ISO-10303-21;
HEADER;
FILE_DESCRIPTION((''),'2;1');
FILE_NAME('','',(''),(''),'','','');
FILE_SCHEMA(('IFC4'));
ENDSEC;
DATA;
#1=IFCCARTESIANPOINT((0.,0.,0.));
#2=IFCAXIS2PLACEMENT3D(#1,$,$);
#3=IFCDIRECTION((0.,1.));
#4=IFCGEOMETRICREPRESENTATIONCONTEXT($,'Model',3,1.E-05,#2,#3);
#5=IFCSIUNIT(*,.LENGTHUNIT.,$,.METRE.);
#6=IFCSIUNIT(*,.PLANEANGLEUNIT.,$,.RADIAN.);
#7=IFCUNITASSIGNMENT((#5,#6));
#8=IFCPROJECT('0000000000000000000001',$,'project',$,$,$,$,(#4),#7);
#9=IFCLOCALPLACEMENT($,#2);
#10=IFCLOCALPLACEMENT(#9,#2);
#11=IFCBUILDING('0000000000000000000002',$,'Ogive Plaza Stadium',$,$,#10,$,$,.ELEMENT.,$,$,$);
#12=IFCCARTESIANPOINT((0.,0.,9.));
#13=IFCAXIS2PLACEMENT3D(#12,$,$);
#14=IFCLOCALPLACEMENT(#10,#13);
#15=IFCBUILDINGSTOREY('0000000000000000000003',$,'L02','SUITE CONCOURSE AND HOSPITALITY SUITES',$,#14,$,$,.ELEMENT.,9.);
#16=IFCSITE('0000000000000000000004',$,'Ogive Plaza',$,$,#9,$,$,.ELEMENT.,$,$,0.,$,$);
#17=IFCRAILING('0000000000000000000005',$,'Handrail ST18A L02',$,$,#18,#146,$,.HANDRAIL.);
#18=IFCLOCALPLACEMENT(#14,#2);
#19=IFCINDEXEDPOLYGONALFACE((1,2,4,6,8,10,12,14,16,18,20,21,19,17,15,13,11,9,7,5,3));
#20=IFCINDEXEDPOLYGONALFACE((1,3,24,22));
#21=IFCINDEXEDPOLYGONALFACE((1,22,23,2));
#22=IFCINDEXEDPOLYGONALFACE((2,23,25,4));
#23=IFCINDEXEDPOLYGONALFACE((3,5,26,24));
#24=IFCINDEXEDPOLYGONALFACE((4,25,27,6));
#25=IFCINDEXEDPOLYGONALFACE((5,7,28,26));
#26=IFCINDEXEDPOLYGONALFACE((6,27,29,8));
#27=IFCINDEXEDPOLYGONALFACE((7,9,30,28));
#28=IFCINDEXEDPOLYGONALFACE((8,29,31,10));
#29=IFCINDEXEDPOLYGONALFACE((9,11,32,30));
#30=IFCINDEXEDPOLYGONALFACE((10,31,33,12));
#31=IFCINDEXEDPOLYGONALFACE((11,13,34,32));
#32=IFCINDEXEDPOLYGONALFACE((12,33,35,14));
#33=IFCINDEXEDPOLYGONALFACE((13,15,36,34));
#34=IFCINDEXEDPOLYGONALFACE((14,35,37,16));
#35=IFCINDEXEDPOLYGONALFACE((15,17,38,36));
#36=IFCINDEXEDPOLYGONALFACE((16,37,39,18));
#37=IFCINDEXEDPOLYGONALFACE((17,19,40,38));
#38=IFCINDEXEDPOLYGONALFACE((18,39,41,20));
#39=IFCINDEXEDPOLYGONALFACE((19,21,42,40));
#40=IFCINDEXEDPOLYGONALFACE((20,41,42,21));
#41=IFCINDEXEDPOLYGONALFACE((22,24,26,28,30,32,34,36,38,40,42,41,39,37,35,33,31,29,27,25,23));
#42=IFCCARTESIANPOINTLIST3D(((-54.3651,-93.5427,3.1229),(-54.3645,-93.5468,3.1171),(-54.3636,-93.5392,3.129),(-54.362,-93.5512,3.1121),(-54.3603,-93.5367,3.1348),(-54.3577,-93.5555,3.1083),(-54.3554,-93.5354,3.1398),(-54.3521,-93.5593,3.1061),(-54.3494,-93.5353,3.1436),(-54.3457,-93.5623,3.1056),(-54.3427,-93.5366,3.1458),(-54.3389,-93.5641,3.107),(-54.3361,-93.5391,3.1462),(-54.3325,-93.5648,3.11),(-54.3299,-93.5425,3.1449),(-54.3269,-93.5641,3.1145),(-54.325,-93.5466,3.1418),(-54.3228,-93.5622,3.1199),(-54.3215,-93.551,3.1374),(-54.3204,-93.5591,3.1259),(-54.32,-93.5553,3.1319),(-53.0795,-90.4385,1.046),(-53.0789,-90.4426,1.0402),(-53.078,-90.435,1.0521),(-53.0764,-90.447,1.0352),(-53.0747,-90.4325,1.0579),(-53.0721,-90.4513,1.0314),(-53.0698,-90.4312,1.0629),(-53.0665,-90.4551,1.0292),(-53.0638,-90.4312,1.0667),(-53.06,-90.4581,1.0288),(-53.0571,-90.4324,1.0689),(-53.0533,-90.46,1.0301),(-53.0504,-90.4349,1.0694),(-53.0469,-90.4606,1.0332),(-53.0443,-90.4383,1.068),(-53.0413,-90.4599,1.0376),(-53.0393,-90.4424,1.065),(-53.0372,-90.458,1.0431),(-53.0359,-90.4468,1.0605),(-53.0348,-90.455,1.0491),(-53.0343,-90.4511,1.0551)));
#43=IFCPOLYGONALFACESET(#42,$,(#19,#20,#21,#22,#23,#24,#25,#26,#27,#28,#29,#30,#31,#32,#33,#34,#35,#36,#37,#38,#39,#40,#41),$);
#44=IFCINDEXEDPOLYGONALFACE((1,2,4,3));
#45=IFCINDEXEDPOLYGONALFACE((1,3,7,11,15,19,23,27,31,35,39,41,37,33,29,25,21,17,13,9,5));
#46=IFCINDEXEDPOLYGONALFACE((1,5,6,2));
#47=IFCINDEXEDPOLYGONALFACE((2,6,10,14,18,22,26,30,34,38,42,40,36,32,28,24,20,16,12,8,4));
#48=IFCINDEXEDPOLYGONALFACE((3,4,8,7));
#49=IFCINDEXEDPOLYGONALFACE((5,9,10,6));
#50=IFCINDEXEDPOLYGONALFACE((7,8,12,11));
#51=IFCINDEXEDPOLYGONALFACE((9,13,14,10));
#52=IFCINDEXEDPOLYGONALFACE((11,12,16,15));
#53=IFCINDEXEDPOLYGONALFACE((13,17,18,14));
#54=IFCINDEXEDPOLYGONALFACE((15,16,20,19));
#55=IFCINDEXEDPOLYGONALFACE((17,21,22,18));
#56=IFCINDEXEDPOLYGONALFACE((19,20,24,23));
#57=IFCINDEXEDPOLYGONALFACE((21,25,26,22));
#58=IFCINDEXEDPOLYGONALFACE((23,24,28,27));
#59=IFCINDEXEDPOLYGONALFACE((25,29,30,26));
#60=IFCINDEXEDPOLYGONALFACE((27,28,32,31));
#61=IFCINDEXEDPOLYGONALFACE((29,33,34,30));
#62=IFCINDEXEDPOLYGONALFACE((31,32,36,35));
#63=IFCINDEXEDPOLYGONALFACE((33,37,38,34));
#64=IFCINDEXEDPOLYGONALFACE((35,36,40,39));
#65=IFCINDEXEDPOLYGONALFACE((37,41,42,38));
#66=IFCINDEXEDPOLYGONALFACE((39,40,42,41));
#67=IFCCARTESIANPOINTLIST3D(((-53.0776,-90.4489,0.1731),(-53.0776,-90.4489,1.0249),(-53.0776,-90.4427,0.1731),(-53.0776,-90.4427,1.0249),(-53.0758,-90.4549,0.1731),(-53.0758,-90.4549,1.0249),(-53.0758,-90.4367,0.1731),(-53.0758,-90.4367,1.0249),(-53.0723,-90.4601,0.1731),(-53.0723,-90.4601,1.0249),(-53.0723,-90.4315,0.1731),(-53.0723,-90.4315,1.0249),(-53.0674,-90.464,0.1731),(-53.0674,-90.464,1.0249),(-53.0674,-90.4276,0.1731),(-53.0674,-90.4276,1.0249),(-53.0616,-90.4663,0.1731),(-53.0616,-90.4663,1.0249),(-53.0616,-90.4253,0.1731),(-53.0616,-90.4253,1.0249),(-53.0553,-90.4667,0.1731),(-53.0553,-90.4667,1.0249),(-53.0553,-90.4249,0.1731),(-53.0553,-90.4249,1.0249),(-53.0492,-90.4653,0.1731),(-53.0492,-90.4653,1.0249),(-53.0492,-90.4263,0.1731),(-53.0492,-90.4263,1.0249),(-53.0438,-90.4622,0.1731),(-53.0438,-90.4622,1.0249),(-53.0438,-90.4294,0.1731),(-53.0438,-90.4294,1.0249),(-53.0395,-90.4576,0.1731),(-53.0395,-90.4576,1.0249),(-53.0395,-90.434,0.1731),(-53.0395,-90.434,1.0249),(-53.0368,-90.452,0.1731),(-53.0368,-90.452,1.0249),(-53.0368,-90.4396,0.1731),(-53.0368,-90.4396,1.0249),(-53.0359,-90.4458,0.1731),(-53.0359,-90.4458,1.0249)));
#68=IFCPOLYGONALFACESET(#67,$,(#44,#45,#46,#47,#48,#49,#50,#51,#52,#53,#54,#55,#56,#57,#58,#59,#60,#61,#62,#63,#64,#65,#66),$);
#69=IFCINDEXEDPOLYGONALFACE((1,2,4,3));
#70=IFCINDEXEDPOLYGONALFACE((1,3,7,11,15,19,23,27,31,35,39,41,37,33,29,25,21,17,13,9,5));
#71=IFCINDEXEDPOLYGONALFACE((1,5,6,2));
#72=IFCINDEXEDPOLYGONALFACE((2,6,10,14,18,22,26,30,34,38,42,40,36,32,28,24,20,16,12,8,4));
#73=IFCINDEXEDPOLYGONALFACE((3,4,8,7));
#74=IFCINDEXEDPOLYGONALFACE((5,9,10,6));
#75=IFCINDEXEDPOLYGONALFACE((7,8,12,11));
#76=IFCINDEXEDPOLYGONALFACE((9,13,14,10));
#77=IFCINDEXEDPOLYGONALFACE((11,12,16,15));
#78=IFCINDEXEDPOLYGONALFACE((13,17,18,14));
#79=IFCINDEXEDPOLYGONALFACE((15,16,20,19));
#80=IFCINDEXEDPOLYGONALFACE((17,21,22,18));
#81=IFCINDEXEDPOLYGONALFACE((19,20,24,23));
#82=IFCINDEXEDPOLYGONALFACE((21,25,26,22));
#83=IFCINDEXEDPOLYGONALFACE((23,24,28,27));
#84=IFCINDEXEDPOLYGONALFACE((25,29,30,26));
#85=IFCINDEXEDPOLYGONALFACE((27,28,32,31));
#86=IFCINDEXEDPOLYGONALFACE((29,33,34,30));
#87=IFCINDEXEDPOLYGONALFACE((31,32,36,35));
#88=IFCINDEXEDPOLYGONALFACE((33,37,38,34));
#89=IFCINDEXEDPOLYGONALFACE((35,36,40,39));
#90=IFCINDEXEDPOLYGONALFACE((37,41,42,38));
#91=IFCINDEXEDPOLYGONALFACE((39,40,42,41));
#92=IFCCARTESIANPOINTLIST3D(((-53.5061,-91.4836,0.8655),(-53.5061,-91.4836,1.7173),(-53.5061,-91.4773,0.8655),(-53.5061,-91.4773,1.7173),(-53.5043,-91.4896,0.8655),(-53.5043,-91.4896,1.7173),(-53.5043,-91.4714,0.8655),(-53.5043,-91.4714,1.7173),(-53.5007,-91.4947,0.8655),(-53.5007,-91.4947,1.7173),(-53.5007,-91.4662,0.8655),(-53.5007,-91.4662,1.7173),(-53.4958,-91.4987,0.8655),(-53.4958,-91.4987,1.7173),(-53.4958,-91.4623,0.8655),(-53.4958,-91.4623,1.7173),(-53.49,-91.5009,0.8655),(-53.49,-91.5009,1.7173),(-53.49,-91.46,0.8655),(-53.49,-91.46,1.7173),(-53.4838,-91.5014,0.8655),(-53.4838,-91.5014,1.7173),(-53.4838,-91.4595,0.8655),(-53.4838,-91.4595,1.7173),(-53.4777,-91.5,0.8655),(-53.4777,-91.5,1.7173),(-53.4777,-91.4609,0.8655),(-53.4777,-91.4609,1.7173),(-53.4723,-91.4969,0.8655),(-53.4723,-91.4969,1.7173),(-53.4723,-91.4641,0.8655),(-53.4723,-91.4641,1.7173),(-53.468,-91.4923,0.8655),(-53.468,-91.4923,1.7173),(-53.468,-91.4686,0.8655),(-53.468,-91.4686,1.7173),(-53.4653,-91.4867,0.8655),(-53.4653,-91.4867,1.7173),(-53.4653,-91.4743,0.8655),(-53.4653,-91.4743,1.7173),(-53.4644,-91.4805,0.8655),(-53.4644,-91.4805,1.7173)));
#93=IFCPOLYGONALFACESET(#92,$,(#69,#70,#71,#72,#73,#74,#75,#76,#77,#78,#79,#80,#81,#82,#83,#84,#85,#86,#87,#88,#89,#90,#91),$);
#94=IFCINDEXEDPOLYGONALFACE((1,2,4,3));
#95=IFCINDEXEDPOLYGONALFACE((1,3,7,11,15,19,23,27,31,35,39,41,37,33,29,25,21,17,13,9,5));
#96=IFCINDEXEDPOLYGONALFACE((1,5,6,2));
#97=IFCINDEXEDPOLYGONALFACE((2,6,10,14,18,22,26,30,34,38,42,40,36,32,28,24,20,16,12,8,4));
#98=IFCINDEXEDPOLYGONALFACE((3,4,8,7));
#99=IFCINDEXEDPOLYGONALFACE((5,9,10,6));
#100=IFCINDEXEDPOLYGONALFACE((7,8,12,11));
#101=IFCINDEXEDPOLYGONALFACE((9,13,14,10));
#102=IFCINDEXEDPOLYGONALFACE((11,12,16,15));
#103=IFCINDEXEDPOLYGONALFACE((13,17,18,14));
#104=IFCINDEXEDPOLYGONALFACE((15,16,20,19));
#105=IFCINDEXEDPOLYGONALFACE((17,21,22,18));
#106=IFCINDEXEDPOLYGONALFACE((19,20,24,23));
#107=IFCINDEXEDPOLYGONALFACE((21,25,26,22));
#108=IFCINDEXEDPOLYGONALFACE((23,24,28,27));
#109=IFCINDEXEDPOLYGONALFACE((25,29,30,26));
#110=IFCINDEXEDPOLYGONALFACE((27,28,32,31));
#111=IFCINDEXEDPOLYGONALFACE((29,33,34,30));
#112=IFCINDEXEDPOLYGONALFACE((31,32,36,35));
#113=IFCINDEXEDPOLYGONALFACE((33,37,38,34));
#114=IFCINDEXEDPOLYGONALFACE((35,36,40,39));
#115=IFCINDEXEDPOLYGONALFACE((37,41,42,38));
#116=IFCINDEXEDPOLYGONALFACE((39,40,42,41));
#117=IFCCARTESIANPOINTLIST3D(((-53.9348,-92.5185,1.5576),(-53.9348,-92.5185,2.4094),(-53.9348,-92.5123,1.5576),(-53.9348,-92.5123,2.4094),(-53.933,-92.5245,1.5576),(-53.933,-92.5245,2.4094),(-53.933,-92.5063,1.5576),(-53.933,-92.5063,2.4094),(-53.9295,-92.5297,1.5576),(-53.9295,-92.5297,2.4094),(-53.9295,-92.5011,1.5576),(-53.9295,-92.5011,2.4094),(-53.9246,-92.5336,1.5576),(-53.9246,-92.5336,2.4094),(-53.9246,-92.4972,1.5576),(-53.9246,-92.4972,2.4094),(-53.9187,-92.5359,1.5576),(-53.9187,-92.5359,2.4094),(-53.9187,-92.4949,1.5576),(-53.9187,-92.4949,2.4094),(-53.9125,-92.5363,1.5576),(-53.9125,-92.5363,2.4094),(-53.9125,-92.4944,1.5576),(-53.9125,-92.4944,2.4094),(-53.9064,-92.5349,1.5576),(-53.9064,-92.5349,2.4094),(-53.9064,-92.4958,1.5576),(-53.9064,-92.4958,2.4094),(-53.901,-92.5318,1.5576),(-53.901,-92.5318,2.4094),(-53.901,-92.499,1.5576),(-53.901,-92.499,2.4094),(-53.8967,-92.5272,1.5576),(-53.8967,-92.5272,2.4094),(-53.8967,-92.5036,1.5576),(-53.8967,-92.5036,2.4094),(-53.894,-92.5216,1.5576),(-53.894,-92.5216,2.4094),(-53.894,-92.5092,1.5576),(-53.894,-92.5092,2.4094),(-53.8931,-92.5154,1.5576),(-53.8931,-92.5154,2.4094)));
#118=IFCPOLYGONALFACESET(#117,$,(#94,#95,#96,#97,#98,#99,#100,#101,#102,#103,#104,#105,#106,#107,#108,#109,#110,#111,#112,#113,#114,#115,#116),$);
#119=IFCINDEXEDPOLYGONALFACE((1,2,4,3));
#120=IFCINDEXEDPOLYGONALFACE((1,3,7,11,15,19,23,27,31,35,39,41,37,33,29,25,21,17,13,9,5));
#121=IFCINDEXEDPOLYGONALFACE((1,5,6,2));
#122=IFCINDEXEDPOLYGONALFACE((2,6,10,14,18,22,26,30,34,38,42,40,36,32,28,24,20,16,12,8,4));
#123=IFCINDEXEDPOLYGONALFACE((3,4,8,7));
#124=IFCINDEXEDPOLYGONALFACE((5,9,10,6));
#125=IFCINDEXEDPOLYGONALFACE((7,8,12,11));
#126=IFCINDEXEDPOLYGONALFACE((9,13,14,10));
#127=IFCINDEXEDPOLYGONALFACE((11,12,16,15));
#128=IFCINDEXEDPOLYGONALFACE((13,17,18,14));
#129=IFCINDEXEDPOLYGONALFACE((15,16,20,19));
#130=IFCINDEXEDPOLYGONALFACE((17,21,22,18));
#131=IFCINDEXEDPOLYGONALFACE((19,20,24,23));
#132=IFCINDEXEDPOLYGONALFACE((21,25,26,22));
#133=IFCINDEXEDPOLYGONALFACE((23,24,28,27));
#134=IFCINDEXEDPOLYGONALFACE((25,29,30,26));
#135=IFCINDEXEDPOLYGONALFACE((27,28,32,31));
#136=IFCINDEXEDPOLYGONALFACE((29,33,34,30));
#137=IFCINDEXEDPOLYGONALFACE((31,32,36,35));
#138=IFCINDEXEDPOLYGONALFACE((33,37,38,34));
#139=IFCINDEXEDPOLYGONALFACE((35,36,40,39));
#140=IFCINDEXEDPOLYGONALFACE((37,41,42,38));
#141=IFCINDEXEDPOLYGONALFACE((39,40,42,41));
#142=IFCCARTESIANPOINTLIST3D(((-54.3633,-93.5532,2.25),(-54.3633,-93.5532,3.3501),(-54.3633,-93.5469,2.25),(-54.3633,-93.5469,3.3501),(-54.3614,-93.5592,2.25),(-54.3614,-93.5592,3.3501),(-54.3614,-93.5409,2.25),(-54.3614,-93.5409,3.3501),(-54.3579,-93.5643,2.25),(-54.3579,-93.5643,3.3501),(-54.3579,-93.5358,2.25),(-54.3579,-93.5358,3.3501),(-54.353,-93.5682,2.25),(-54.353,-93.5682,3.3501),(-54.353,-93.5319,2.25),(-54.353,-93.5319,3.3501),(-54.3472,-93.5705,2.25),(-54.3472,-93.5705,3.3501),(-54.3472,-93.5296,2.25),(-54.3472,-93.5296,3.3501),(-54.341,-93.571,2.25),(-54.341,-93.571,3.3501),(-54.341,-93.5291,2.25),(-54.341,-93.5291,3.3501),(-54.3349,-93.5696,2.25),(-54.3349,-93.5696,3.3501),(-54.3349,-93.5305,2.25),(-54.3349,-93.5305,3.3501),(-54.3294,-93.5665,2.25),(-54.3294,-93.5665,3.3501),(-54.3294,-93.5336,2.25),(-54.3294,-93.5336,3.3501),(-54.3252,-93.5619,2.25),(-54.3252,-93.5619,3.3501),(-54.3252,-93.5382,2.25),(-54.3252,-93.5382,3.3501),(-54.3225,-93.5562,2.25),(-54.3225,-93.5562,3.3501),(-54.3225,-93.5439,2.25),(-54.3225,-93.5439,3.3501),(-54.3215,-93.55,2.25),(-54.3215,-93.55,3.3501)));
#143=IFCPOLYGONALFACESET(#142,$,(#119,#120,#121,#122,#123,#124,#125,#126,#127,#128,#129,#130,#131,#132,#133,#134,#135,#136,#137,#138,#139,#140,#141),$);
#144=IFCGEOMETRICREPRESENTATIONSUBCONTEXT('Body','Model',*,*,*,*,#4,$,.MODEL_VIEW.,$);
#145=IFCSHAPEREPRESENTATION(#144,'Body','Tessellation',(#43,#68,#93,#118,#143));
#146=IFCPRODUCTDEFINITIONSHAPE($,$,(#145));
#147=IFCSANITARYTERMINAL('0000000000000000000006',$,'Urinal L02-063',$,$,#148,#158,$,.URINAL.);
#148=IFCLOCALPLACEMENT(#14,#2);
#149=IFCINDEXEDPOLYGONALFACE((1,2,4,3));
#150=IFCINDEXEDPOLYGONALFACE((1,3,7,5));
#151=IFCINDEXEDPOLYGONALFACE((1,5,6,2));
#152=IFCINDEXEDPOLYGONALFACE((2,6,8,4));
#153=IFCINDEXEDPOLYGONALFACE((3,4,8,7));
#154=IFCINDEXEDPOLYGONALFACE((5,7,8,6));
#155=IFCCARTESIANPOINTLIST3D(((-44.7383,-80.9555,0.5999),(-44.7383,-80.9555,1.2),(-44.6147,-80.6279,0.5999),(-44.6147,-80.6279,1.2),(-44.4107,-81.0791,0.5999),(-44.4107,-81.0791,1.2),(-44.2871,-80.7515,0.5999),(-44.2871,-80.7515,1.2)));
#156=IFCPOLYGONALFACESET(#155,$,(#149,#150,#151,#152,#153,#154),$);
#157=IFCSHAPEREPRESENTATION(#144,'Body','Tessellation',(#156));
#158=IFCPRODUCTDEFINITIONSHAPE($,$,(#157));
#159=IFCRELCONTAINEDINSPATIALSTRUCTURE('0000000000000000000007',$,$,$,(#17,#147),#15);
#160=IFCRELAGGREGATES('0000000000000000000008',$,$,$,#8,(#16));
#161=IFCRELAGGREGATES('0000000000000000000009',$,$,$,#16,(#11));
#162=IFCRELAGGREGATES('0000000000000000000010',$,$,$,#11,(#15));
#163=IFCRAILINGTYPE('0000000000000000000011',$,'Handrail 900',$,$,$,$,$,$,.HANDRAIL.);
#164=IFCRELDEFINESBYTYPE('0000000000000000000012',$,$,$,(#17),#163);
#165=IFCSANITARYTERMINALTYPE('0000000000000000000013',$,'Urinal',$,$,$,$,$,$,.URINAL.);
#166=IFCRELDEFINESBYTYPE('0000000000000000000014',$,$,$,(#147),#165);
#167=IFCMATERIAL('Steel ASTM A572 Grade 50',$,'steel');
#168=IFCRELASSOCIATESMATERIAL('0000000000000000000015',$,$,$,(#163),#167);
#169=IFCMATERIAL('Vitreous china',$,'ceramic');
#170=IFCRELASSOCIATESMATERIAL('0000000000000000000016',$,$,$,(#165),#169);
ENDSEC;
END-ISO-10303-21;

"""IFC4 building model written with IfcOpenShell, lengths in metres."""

from ifc_helpers import new_model, si_unit, direction, frame, origin, origin_2d, place, context, subcontext, project, spatial, rectangle, circle, extrude, material, type_object, element, save


model = new_model("IFC4")

# Units and contexts
model_context = context("Model", 3, precision=1e-05, world=origin(), true_north=direction((0.0, 1.0)))
body_context = subcontext(model_context, "Body", "Model", "MODEL_VIEW")
ifc_project = project(units=[si_unit("LENGTHUNIT", "METRE"), si_unit("PLANEANGLEUNIT", "RADIAN")], contexts=[model_context])

# Site, building, storey
site_placement = place(None, origin())
site = spatial("IfcSite", under=ifc_project, at=site_placement, Name="Ogive Plaza", CompositionType="ELEMENT", RefElevation=0.0)
building_placement = place(site_placement, origin())
building = spatial("IfcBuilding", under=site, at=building_placement, Name="Ogive Plaza Stadium", CompositionType="ELEMENT")
storey_placement = place(building_placement, frame((0.0, 0.0, 9.0)))
storey = spatial("IfcBuildingStorey", under=building, at=storey_placement, Name="L02", Description="SUITE CONCOURSE AND HOSPITALITY SUITES", CompositionType="ELEMENT", Elevation=9.0)

# Railing
ifc_material_1 = material(Name="Steel ASTM A572 Grade 50", Category="steel")
railing_type_1 = type_object("IfcRailingType", Name="Handrail 900", PredefinedType="HANDRAIL", material=ifc_material_1)
railing_1_placement = place(storey_placement, frame((-53.0569, -90.4458, 0.1731)))
element("IfcRailing", 1, at=railing_1_placement, inside=storey, type_object=railing_type_1, Name="Handrail ST18A L02", PredefinedType="HANDRAIL", context=body_context, shape_type="SweptSolid", body=[
    extrude(circle(Radius=0.0239, at=origin_2d()), frame((0.0, 0.0, 0.876), z_axis=(-0.325477, -0.785879, 0.525794), x_axis=(0.923898, -0.382638, 0.0)), (0.0, 0.0, 1.0), 3.95),
    extrude(circle(Radius=0.021, at=origin_2d()), origin(), (0.0, 0.0, 1.0), 0.8518),
    extrude(circle(Radius=0.021, at=origin_2d()), frame((-0.4285, -1.0347, 0.6924)), (0.0, 0.0, 1.0), 0.8518),
    extrude(circle(Radius=0.021, at=origin_2d()), frame((-0.8572, -2.0696, 1.3845)), (0.0, 0.0, 1.0), 0.8518),
    extrude(circle(Radius=0.021, at=origin_2d()), frame((-1.2856, -3.1042, 2.0769)), (0.0, 0.0, 1.0), 1.1001),
])

# Sanitary terminal
ifc_material_2 = material(Name="Vitreous china", Category="ceramic")
sanitary_terminal_type = type_object("IfcSanitaryTerminalType", Name="Urinal", PredefinedType="URINAL", material=ifc_material_2)
sanitary_terminal_placement = place(storey_placement, frame((-44.5127, -80.8535, 0.5999), z_axis=(0.0, 0.0, 1.0), x_axis=(-0.353065, -0.935599, 0.0)))
element("IfcSanitaryTerminal", 2, at=sanitary_terminal_placement, inside=storey, type_object=sanitary_terminal_type, Name="Urinal L02-063", PredefinedType="URINAL", context=body_context, shape_type="SweptSolid", body=[
    extrude(rectangle(XDim=0.3501, YDim=0.3501, at=origin_2d()), origin(), (0.0, 0.0, 1.0), 0.6001),
])

save(model, "model.ifc")
